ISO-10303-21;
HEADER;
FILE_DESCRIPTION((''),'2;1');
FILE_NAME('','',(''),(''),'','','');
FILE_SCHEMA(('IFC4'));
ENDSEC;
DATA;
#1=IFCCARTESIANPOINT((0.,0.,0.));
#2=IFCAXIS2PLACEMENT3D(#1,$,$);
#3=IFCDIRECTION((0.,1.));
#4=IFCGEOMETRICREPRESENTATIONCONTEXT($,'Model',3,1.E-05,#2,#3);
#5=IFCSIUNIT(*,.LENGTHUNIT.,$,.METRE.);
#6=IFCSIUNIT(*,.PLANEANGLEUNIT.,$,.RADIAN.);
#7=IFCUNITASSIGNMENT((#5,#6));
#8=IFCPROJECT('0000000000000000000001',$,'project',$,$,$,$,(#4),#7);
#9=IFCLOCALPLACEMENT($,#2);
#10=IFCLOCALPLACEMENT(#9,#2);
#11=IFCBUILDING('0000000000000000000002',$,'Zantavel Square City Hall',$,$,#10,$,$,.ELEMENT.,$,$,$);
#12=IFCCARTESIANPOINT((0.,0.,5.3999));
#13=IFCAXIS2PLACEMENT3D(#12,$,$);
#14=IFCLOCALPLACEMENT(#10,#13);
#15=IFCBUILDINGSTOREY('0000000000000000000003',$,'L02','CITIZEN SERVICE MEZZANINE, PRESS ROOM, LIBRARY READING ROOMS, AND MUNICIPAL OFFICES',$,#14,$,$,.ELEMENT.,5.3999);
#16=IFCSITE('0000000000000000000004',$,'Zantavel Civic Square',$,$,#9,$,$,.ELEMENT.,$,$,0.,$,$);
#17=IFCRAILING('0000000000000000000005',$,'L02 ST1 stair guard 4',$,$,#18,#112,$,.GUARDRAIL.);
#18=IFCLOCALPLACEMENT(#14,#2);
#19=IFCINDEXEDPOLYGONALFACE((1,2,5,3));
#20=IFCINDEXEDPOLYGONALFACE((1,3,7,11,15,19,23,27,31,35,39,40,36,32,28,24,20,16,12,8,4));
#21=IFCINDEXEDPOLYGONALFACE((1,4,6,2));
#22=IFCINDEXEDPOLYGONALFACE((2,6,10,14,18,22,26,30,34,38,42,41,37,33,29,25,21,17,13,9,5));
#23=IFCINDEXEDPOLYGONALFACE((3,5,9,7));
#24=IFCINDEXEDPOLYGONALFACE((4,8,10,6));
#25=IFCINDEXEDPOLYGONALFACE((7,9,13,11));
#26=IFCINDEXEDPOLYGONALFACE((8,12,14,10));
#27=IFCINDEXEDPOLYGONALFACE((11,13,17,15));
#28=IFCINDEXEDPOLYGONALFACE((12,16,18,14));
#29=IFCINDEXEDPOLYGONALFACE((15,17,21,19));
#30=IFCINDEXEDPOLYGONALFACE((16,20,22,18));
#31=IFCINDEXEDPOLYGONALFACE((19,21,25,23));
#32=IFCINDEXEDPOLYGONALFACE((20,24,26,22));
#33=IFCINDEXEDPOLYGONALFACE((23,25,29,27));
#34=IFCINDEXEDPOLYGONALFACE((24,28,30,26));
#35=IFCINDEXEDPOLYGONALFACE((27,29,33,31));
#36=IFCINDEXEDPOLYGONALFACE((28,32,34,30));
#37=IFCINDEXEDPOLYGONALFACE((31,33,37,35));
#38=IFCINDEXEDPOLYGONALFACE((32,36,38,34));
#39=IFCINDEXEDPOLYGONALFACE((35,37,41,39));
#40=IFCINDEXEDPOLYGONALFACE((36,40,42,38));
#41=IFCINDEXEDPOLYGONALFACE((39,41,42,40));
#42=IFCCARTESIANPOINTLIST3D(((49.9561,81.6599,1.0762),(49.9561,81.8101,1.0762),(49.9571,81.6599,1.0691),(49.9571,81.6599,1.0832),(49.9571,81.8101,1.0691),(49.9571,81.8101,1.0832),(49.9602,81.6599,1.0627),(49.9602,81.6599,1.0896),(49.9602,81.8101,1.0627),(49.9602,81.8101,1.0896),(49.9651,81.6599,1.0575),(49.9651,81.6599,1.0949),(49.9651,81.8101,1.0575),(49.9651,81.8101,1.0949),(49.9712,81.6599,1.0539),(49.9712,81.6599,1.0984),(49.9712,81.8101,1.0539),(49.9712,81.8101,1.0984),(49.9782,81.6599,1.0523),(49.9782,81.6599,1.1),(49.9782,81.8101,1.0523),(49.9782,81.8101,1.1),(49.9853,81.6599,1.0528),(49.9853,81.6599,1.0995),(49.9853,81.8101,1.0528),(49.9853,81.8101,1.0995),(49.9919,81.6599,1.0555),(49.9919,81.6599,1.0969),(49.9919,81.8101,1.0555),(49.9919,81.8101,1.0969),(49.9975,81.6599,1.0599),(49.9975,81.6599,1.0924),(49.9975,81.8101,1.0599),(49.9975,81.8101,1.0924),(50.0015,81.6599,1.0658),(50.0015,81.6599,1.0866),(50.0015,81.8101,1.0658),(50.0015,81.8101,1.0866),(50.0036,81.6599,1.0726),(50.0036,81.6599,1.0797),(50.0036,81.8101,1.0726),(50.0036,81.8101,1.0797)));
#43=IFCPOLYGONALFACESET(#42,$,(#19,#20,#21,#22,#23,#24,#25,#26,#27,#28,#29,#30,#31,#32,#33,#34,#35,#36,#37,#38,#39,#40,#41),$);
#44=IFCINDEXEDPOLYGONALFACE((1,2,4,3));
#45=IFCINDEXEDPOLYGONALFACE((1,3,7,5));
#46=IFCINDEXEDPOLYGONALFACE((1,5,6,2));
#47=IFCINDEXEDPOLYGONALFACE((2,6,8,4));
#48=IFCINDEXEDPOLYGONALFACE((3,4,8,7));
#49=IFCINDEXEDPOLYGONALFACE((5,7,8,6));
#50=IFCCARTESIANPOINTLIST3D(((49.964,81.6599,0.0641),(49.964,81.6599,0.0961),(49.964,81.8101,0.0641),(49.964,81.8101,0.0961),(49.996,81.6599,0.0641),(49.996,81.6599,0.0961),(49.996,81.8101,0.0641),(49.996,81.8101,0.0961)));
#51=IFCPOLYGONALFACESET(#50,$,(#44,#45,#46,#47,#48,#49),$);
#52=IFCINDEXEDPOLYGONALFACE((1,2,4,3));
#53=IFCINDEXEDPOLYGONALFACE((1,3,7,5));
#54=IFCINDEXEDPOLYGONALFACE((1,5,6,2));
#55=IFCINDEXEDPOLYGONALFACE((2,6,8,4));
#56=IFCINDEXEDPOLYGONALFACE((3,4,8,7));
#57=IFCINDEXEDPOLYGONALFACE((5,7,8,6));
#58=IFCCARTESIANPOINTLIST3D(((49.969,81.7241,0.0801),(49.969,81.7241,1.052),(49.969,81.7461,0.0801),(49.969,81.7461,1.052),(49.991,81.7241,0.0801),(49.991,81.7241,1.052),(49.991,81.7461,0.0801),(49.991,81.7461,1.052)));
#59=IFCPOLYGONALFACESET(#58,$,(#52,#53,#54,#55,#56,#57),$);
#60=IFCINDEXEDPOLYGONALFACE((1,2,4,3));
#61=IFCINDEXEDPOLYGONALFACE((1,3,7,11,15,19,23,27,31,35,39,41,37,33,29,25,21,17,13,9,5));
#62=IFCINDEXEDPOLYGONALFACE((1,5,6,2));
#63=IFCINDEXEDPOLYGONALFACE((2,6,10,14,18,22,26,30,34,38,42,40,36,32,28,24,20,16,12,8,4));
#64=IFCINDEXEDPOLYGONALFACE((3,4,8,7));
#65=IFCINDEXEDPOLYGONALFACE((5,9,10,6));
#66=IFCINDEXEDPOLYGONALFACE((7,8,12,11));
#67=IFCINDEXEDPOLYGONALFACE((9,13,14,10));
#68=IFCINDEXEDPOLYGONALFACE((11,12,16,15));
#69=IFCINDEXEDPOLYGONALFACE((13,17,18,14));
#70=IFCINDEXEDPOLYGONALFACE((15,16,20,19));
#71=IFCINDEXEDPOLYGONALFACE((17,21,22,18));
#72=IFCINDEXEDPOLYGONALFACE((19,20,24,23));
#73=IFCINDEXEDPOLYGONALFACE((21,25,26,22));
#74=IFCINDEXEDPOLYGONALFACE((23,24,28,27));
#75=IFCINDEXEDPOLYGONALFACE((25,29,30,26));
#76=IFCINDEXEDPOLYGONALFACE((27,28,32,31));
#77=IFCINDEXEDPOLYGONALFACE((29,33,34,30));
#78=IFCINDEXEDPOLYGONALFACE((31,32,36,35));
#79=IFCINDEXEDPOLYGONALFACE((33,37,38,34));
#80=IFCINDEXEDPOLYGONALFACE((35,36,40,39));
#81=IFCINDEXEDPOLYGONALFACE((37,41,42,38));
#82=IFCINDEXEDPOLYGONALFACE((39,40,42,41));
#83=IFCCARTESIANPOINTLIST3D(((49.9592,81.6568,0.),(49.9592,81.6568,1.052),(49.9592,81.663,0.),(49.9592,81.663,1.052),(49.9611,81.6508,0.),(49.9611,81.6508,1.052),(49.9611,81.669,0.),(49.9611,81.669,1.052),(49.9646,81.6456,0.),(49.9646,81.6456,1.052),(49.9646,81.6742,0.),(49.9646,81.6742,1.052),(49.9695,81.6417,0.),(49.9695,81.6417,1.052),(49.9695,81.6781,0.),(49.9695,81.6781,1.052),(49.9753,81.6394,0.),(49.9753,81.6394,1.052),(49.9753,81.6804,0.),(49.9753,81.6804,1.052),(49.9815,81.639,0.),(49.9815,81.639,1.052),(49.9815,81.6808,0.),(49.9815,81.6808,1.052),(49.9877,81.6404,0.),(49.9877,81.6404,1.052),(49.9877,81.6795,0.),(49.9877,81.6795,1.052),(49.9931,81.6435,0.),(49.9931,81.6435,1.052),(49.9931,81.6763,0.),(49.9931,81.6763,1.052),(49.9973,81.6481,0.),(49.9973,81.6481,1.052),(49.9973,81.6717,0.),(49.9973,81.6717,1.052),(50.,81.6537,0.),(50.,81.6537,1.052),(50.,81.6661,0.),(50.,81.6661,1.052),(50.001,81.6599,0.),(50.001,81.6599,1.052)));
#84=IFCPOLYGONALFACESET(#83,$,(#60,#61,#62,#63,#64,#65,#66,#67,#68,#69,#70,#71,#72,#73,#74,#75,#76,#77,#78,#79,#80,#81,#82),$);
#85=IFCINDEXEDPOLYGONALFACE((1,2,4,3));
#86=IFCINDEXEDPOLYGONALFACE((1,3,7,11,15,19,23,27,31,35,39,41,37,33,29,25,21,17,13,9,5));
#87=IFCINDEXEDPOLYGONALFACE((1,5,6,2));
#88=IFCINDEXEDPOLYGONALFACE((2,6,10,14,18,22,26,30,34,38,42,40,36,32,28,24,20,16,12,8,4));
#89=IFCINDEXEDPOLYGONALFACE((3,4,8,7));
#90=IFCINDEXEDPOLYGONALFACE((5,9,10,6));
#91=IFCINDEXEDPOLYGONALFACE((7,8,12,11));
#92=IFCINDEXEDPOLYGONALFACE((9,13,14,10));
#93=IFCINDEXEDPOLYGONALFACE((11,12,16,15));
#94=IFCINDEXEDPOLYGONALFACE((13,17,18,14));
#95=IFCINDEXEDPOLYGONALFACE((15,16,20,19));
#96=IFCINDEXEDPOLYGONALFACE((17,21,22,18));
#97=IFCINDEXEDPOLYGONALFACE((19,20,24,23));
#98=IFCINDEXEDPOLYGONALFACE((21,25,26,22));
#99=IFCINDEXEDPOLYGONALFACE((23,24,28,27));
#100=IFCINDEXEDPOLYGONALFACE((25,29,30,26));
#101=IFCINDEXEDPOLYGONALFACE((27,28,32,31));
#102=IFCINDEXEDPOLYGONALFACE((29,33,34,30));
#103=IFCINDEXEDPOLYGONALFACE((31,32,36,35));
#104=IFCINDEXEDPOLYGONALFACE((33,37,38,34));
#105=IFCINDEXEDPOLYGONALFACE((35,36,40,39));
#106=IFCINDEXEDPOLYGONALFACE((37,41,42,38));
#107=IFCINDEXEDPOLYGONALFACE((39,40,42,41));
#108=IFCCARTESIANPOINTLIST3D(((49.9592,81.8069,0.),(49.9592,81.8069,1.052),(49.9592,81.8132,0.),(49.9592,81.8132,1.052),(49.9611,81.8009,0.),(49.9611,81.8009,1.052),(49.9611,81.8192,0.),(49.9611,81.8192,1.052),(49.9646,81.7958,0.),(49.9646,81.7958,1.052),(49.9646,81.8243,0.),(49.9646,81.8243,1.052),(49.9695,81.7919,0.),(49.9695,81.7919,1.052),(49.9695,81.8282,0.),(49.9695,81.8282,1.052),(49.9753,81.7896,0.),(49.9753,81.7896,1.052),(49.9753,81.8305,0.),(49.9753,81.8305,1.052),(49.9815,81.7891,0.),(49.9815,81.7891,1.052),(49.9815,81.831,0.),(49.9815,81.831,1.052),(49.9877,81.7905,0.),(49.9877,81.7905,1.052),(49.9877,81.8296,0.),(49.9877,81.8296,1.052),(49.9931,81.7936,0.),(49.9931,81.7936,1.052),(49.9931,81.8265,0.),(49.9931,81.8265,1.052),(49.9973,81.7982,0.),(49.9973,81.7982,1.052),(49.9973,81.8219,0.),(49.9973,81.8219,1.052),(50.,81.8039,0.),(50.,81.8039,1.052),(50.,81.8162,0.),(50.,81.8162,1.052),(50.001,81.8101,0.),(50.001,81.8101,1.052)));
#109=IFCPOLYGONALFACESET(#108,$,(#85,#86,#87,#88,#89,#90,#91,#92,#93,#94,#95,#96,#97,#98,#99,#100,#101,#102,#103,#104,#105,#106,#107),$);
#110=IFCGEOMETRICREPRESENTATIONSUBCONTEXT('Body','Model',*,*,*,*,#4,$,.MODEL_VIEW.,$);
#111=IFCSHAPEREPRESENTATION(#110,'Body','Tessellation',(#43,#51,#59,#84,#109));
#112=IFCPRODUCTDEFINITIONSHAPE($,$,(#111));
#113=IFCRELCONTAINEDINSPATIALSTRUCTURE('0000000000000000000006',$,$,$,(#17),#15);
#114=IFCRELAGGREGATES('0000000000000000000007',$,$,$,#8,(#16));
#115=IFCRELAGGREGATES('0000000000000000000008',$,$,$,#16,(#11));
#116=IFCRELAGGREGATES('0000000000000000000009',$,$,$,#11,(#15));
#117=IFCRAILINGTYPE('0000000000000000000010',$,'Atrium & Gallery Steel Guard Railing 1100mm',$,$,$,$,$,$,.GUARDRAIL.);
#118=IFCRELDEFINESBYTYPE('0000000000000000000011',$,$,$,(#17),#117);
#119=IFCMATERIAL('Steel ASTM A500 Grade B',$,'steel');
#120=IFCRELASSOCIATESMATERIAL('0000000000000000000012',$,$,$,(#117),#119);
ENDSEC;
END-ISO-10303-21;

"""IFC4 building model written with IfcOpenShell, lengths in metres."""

from ifc_helpers import new_model, si_unit, direction, frame, origin, origin_2d, place, context, subcontext, project, spatial, rectangle, circle, extrude, material, type_object, element, save


model = new_model("IFC4")

# Units and contexts
model_context = context("Model", 3, precision=1e-05, world=origin(), true_north=direction((0.0, 1.0)))
body_context = subcontext(model_context, "Body", "Model", "MODEL_VIEW")
ifc_project = project(units=[si_unit("LENGTHUNIT", "METRE"), si_unit("PLANEANGLEUNIT", "RADIAN")], contexts=[model_context])

# Site, building, storey
site_placement = place(None, origin())
site = spatial("IfcSite", under=ifc_project, at=site_placement, Name="Zantavel Civic Square", CompositionType="ELEMENT", RefElevation=0.0)
building_placement = place(site_placement, origin())
building = spatial("IfcBuilding", under=site, at=building_placement, Name="Zantavel Square City Hall", CompositionType="ELEMENT")
storey_placement = place(building_placement, frame((0.0, 0.0, 5.3999)))
storey = spatial("IfcBuildingStorey", under=building, at=storey_placement, Name="L02", Description="CITIZEN SERVICE MEZZANINE, PRESS ROOM, LIBRARY READING ROOMS, AND MUNICIPAL OFFICES", CompositionType="ELEMENT", Elevation=5.3999)

# Railing
ifc_material_1 = material(Name="Steel ASTM A500 Grade B", Category="steel")
railing_type_1 = type_object("IfcRailingType", Name="Atrium & Gallery Steel Guard Railing 1100mm", PredefinedType="GUARDRAIL", material=ifc_material_1)
railing_1_placement = place(storey_placement, frame((49.98, 81.6599, 0.0)))
element("IfcRailing", 1, at=railing_1_placement, inside=storey, type_object=railing_type_1, Name="L02 ST1 stair guard 4", PredefinedType="GUARDRAIL", context=body_context, shape_type="SweptSolid", body=[
    extrude(circle(Radius=0.0239, at=origin_2d()), frame((0.0, 0.0, 1.0762), z_axis=(0.0, 1.0, 0.0), x_axis=(-1.0, 0.0, 0.0)), (0.0, 0.0, 1.0), 0.1501),
    extrude(rectangle(XDim=0.032, YDim=0.032, at=origin_2d()), frame((0.0, 0.0, 0.0801), z_axis=(0.0, 1.0, 0.0), x_axis=(-1.0, 0.0, 0.0)), (0.0, 0.0, 1.0), 0.1501),
    extrude(rectangle(XDim=0.022, YDim=0.022, at=origin_2d()), frame((0.0, 0.0752, 0.0801)), (0.0, 0.0, 1.0), 0.9719),
    extrude(circle(Radius=0.021, at=origin_2d()), origin(), (0.0, 0.0, 1.0), 1.052),
    extrude(circle(Radius=0.021, at=origin_2d()), frame((0.0, 0.1501, 0.0)), (0.0, 0.0, 1.0), 1.052),
])

save(model, "model.ifc")
